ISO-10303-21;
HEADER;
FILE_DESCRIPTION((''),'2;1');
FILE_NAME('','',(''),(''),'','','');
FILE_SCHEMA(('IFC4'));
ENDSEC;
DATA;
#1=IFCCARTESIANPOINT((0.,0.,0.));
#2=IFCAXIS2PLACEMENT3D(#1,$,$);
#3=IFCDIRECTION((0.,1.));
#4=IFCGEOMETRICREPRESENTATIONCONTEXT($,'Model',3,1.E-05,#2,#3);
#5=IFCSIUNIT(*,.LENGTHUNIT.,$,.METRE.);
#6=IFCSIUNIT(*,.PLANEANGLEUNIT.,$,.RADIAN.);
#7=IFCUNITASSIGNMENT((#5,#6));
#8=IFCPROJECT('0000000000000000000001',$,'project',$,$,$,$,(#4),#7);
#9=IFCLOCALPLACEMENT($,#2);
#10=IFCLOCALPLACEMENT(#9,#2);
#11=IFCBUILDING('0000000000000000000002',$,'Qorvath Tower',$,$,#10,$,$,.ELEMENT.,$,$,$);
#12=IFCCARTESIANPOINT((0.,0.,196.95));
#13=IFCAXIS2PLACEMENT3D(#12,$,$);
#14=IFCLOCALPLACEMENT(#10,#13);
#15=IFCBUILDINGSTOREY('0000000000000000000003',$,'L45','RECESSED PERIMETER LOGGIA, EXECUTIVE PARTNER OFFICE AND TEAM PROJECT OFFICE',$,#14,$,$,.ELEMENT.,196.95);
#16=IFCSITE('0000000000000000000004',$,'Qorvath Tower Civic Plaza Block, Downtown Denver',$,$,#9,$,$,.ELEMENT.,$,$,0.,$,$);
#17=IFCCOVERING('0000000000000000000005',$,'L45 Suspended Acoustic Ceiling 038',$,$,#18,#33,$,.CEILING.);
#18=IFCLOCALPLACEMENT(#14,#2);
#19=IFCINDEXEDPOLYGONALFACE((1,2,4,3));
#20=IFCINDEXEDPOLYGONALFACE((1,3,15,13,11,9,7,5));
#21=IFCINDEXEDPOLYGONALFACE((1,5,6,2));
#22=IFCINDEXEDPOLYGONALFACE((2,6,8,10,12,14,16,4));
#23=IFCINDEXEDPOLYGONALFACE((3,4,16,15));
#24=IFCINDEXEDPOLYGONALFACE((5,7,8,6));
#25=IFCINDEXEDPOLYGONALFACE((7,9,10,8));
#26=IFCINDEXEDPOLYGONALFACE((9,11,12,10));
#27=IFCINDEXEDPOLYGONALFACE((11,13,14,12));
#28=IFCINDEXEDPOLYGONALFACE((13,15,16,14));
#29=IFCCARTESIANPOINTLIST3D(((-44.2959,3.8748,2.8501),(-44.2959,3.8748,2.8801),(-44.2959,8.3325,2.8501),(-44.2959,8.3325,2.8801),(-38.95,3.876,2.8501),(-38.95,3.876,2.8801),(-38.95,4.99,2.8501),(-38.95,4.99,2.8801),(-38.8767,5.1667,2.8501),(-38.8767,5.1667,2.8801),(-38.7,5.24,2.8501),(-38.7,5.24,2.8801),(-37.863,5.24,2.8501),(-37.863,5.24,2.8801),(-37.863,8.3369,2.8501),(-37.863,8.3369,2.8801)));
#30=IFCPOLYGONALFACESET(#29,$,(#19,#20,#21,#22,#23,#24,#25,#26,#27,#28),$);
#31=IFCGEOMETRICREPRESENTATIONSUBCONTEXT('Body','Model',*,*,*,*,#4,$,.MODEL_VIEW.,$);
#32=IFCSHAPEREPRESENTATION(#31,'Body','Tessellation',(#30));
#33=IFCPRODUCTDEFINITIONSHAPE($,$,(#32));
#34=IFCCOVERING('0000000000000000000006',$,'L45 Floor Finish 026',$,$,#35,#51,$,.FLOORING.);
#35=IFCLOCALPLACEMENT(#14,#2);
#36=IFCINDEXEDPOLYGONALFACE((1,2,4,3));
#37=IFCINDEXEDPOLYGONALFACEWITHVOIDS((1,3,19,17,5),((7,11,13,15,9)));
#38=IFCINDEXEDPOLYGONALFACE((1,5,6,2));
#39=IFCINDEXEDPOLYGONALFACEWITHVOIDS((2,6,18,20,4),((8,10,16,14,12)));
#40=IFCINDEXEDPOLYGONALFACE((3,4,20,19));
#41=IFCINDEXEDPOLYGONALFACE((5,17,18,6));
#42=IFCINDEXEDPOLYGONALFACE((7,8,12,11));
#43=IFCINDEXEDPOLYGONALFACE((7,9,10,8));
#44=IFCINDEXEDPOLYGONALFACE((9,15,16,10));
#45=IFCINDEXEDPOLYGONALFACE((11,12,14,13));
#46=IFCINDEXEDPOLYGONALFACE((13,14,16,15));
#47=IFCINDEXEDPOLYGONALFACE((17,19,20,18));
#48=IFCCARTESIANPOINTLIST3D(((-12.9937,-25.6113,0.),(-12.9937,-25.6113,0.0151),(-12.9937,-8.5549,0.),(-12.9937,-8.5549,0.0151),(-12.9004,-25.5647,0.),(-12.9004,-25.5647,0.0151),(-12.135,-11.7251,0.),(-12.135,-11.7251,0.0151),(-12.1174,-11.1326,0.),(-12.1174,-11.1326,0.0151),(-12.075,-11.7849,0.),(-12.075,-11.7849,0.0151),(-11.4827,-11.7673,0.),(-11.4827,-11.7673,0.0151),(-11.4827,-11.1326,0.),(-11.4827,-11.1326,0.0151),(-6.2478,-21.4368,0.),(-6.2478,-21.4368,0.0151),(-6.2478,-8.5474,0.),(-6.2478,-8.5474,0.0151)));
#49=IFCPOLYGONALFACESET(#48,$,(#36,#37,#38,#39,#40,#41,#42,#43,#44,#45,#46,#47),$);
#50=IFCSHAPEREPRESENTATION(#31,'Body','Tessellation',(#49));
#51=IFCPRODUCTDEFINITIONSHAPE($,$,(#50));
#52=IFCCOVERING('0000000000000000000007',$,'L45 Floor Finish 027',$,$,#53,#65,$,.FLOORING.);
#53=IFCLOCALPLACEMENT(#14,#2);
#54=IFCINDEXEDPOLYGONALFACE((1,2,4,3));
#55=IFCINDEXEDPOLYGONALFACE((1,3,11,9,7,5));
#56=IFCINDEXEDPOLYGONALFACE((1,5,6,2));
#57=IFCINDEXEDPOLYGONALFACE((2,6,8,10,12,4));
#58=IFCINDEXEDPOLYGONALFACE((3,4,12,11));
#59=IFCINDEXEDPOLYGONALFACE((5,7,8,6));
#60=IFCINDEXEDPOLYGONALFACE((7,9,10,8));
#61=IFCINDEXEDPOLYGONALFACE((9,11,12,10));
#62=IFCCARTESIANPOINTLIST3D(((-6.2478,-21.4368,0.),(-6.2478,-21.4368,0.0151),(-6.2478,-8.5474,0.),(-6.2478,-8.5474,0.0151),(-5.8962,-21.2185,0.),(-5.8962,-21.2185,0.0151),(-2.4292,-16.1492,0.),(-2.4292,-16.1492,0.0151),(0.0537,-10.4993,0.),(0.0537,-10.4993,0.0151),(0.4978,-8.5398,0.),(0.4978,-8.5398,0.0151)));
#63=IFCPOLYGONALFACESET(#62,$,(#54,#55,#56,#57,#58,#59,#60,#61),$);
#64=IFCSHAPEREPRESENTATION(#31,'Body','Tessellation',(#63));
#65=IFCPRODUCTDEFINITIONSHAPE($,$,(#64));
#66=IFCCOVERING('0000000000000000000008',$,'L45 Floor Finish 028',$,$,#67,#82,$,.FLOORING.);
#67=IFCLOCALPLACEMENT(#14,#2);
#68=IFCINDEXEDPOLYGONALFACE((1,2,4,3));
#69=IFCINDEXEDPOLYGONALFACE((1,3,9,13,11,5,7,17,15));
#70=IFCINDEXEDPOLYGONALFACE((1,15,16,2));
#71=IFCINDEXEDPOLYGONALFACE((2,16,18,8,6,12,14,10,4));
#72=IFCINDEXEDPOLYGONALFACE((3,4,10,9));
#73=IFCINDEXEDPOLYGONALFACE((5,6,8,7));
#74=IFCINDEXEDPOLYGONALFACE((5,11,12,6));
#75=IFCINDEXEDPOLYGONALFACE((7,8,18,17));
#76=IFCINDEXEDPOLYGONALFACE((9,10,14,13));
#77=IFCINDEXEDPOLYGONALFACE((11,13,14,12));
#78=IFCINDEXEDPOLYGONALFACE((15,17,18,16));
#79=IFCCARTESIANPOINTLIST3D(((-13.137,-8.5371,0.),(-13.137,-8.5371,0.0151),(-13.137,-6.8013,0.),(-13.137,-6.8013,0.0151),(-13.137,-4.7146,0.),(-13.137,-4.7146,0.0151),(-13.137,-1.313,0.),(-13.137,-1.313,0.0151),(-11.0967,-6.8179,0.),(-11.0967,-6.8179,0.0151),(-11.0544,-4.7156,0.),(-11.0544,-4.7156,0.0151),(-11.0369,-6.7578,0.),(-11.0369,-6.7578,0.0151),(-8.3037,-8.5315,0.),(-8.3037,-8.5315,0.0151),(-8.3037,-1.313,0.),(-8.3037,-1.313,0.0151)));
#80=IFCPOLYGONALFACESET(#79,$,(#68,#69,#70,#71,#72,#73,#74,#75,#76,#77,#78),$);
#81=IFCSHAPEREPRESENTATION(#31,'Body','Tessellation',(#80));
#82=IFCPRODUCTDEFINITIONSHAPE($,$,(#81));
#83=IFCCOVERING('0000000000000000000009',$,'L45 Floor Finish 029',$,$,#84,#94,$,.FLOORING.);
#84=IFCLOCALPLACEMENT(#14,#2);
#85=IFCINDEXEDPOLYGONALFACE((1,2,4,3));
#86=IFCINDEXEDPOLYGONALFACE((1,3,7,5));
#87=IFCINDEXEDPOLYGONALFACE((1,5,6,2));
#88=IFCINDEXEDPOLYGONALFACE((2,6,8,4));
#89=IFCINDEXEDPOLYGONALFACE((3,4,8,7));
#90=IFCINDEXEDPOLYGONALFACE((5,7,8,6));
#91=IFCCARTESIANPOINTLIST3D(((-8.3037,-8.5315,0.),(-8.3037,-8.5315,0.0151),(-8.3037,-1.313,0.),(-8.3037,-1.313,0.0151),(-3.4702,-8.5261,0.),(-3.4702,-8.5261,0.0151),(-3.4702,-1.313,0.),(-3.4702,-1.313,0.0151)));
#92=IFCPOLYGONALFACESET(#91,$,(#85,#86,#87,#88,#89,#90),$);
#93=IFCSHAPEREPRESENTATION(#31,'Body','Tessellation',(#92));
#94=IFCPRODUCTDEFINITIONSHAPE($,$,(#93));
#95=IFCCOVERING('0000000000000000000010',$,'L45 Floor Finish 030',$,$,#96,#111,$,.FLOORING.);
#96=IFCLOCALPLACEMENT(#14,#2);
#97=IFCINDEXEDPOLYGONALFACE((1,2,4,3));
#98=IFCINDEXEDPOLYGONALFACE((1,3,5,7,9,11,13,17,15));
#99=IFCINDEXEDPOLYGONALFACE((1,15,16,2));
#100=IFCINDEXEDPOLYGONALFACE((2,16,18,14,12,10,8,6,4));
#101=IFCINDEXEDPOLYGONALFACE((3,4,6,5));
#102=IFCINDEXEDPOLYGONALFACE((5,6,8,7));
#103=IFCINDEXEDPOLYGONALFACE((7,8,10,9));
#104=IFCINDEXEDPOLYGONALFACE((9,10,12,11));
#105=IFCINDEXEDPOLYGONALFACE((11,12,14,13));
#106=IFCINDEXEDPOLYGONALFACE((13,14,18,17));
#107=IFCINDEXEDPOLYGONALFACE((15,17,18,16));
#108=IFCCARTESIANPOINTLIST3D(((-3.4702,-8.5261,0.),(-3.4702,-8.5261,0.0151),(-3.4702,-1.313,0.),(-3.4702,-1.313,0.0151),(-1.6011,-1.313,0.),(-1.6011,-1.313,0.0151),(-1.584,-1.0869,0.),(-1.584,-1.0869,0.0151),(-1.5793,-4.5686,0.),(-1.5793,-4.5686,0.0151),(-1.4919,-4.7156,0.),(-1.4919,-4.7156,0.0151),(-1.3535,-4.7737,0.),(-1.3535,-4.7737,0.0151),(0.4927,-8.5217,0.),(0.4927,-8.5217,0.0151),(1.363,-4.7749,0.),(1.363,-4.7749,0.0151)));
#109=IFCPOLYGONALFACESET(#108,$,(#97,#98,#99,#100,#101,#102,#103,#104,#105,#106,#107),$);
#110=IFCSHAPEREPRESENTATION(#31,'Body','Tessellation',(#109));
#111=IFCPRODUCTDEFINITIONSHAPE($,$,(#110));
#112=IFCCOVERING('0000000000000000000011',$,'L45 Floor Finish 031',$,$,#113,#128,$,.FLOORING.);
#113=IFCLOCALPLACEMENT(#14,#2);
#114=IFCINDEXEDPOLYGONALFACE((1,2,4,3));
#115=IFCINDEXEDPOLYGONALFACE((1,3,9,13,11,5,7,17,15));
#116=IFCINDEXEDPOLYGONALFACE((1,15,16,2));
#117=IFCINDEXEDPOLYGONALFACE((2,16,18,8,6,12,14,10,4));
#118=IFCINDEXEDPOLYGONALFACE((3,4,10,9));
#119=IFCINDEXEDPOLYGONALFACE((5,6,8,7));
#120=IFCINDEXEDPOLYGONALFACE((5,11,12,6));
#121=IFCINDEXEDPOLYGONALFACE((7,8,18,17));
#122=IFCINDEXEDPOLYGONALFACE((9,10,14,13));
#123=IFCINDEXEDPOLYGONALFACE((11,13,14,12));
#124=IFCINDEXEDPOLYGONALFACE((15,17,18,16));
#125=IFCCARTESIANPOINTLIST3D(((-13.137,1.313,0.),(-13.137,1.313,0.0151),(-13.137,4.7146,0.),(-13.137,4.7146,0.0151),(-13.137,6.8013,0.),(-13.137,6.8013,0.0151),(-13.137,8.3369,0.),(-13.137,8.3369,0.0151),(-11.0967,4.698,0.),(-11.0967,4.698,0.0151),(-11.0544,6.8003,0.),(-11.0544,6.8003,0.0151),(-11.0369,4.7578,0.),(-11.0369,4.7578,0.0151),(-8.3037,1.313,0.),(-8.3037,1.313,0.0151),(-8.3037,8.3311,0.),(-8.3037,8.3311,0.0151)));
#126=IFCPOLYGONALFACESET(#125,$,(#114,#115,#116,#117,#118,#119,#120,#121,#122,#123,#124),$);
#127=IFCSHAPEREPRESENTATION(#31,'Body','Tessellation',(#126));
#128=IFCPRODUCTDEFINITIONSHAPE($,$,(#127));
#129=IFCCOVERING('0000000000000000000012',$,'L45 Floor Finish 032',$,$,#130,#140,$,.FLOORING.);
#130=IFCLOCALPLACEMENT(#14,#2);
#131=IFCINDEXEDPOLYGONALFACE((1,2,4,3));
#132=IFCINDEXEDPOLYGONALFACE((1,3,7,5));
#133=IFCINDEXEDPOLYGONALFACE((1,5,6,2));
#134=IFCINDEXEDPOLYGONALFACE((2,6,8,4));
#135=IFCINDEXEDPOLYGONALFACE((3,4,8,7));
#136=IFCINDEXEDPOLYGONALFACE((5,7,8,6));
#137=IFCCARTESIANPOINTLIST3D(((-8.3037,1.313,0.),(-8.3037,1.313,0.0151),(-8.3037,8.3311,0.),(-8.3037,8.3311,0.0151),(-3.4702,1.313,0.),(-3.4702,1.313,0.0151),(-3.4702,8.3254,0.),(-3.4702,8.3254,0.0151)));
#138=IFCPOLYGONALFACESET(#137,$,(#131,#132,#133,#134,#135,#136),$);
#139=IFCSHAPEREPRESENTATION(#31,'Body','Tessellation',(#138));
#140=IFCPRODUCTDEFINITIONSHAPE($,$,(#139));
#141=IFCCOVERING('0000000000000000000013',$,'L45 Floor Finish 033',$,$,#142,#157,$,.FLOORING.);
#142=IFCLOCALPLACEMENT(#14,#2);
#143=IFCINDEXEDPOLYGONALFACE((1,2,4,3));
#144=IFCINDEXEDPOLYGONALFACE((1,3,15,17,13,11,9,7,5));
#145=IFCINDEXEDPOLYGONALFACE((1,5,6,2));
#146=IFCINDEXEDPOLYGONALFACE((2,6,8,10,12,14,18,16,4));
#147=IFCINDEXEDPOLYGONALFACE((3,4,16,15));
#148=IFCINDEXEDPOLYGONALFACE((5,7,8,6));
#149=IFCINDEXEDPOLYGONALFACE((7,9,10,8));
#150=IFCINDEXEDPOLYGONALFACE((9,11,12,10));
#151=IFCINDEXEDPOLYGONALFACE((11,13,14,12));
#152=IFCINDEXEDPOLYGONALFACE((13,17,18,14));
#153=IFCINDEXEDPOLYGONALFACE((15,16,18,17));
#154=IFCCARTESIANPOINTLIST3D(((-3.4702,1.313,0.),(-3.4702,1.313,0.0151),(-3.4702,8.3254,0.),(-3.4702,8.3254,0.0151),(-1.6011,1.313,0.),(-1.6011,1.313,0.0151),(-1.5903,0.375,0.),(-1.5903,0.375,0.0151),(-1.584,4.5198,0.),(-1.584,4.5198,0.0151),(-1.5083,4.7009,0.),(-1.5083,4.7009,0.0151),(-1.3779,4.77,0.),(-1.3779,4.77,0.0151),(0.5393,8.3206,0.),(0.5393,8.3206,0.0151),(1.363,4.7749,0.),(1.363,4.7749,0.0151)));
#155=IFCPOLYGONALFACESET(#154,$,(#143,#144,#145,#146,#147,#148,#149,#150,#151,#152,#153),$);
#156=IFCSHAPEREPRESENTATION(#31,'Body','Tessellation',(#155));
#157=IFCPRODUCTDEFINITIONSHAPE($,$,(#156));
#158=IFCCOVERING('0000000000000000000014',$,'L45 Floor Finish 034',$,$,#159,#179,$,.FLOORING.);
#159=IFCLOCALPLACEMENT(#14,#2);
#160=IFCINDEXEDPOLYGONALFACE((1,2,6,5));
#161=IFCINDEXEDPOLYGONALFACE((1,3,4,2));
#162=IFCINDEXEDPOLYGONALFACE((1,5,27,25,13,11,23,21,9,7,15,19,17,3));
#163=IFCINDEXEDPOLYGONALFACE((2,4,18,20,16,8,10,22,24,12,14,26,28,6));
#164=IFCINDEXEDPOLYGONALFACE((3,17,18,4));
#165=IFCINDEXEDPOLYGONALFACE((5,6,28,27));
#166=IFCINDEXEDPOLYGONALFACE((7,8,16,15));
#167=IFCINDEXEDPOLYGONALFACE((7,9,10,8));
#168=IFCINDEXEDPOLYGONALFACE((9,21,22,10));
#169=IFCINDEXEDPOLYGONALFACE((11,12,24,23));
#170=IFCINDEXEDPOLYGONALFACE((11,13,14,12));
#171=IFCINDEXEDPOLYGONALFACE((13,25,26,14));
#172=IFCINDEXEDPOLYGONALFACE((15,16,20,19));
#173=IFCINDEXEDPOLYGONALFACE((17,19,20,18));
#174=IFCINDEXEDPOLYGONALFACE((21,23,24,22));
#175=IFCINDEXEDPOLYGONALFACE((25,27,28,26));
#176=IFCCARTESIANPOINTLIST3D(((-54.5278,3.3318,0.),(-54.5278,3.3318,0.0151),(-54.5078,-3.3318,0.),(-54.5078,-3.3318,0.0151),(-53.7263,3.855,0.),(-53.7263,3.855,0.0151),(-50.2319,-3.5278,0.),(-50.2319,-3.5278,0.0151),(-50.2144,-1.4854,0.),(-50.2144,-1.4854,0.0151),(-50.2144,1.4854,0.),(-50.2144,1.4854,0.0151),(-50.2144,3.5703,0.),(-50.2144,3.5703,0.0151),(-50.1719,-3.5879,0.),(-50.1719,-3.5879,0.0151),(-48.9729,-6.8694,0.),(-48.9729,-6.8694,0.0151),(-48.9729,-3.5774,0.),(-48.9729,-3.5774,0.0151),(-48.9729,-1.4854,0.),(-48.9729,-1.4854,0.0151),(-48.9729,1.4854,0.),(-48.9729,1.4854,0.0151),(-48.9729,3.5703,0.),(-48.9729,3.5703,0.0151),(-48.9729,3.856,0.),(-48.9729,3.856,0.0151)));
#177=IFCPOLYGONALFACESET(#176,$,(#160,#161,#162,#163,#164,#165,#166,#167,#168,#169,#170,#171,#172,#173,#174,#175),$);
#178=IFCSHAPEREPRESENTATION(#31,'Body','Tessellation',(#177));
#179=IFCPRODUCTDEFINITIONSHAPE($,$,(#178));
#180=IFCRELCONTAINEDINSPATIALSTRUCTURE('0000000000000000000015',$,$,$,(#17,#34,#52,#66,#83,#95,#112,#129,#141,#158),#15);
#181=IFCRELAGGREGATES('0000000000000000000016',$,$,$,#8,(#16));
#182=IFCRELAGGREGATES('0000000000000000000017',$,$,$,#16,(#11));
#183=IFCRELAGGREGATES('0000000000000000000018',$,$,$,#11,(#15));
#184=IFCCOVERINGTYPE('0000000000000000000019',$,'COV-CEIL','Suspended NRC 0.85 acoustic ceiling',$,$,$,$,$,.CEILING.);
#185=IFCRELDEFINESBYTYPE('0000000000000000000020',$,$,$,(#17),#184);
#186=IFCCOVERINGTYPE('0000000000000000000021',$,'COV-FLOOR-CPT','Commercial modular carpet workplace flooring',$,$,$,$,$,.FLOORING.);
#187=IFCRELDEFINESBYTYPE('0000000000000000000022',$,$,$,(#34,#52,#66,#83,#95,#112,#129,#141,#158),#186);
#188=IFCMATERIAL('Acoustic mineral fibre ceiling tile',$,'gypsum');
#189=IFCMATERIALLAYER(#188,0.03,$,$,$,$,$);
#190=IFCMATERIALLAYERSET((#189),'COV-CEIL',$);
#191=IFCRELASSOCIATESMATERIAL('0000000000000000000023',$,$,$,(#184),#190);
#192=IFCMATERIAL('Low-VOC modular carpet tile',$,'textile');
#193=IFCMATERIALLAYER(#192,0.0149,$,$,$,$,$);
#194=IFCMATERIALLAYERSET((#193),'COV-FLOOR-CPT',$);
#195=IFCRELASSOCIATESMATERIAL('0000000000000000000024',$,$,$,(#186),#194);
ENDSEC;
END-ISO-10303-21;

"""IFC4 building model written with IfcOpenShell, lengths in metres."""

from ifc_helpers import new_model, si_unit, direction, frame, origin, place, context, subcontext, project, spatial, polyline, outline, extrude, material, layer, layer_set, type_object, element, save


model = new_model("IFC4")

# Units and contexts
model_context = context("Model", 3, precision=1e-05, world=origin(), true_north=direction((0.0, 1.0)))
body_context = subcontext(model_context, "Body", "Model", "MODEL_VIEW")
ifc_project = project(units=[si_unit("LENGTHUNIT", "METRE"), si_unit("PLANEANGLEUNIT", "RADIAN")], contexts=[model_context])

# Site, building, storey
site_placement = place(None, origin())
site = spatial("IfcSite", under=ifc_project, at=site_placement, Name="Qorvath Tower Civic Plaza Block, Downtown Denver", CompositionType="ELEMENT", RefElevation=0.0)
building_placement = place(site_placement, origin())
building = spatial("IfcBuilding", under=site, at=building_placement, Name="Qorvath Tower", CompositionType="ELEMENT")
storey_placement = place(building_placement, frame((0.0, 0.0, 196.95)))
storey = spatial("IfcBuildingStorey", under=building, at=storey_placement, Name="L45", Description="RECESSED PERIMETER LOGGIA, EXECUTIVE PARTNER OFFICE AND TEAM PROJECT OFFICE", CompositionType="ELEMENT", Elevation=196.95)

# Coverings
ifc_material_1 = material(Name="Acoustic mineral fibre ceiling tile", Category="gypsum")
ifc_layer_1 = layer(ifc_material_1, 0.03)
ifc_layer_set_1 = layer_set([ifc_layer_1], Name="COV-CEIL")
covering_type_1 = type_object("IfcCoveringType", Name="COV-CEIL", Description="Suspended NRC 0.85 acoustic ceiling", PredefinedType="CEILING", material=ifc_layer_set_1)
covering_1_placement = place(storey_placement, frame((0.0, 0.0, 2.8501)))
element("IfcCovering", 1, at=covering_1_placement, inside=storey, type_object=covering_type_1, Name="L45 Suspended Acoustic Ceiling 038", PredefinedType="CEILING", context=body_context, shape_type="SweptSolid", body=[
    extrude(outline(polyline([(-37.863, 5.24), (-37.863, 8.3369), (-44.2959, 8.3325), (-44.2959, 3.8748), (-38.95, 3.876), (-38.95, 4.99), (-38.8767, 5.1667), (-38.7, 5.24), (-37.863, 5.24)])), origin(), (0.0, 0.0, 1.0), 0.03),
])
ifc_material_2 = material(Name="Low-VOC modular carpet tile", Category="textile")
ifc_layer_2 = layer(ifc_material_2, 0.0149)
ifc_layer_set_2 = layer_set([ifc_layer_2], Name="COV-FLOOR-CPT")
covering_type_2 = type_object("IfcCoveringType", Name="COV-FLOOR-CPT", Description="Commercial modular carpet workplace flooring", PredefinedType="FLOORING", material=ifc_layer_set_2)
covering_2_placement = place(storey_placement, origin())
element("IfcCovering", 2, at=covering_2_placement, inside=storey, type_object=covering_type_2, Name="L45 Floor Finish 026", PredefinedType="FLOORING", context=body_context, shape_type="SweptSolid", body=[
    extrude(outline(polyline([(-12.9937, -8.5549), (-12.9937, -25.6113), (-12.9004, -25.5647), (-6.2478, -21.4368), (-6.2478, -8.5474), (-12.9937, -8.5549)]), holes=[polyline([(-12.135, -11.7251), (-12.1174, -11.1326), (-11.4827, -11.1326), (-11.4827, -11.7673), (-12.075, -11.7849), (-12.135, -11.7251)])]), origin(), (0.0, 0.0, 1.0), 0.0151),
])
covering_3_placement = place(storey_placement, origin())
element("IfcCovering", 3, at=covering_3_placement, inside=storey, type_object=covering_type_2, Name="L45 Floor Finish 027", PredefinedType="FLOORING", context=body_context, shape_type="SweptSolid", body=[
    extrude(outline(polyline([(-6.2478, -8.5474), (-6.2478, -21.4368), (-5.8962, -21.2185), (-2.4292, -16.1492), (0.0537, -10.4993), (0.4978, -8.5398), (-6.2478, -8.5474)])), origin(), (0.0, 0.0, 1.0), 0.0151),
])
covering_4_placement = place(storey_placement, origin())
element("IfcCovering", 4, at=covering_4_placement, inside=storey, type_object=covering_type_2, Name="L45 Floor Finish 028", PredefinedType="FLOORING", context=body_context, shape_type="SweptSolid", body=[
    extrude(outline(polyline([(-8.3037, -8.5315), (-8.3037, -1.313), (-13.137, -1.313), (-13.137, -4.7146), (-11.0544, -4.7156), (-11.0369, -6.7578), (-11.0967, -6.8179), (-13.137, -6.8013), (-13.137, -8.5371), (-8.3037, -8.5315)])), origin(), (0.0, 0.0, 1.0), 0.0151),
])
covering_5_placement = place(storey_placement, origin())
element("IfcCovering", 5, at=covering_5_placement, inside=storey, type_object=covering_type_2, Name="L45 Floor Finish 029", PredefinedType="FLOORING", context=body_context, shape_type="SweptSolid", body=[
    extrude(outline(polyline([(-3.4702, -8.5261), (-3.4702, -1.313), (-8.3037, -1.313), (-8.3037, -8.5315), (-3.4702, -8.5261)])), origin(), (0.0, 0.0, 1.0), 0.0151),
])
covering_6_placement = place(storey_placement, origin())
element("IfcCovering", 6, at=covering_6_placement, inside=storey, type_object=covering_type_2, Name="L45 Floor Finish 030", PredefinedType="FLOORING", context=body_context, shape_type="SweptSolid", body=[
    extrude(outline(polyline([(-1.4919, -4.7156), (-1.5793, -4.5686), (-1.584, -1.0869), (-1.6011, -1.313), (-3.4702, -1.313), (-3.4702, -8.5261), (0.4927, -8.5217), (1.363, -4.7749), (-1.3535, -4.7737), (-1.4919, -4.7156)])), origin(), (0.0, 0.0, 1.0), 0.0151),
])
covering_7_placement = place(storey_placement, origin())
element("IfcCovering", 7, at=covering_7_placement, inside=storey, type_object=covering_type_2, Name="L45 Floor Finish 031", PredefinedType="FLOORING", context=body_context, shape_type="SweptSolid", body=[
    extrude(outline(polyline([(-8.3037, 1.313), (-8.3037, 8.3311), (-13.137, 8.3369), (-13.137, 6.8013), (-11.0544, 6.8003), (-11.0369, 4.7578), (-11.0967, 4.698), (-13.137, 4.7146), (-13.137, 1.313), (-8.3037, 1.313)])), origin(), (0.0, 0.0, 1.0), 0.0151),
])
covering_8_placement = place(storey_placement, origin())
element("IfcCovering", 8, at=covering_8_placement, inside=storey, type_object=covering_type_2, Name="L45 Floor Finish 032", PredefinedType="FLOORING", context=body_context, shape_type="SweptSolid", body=[
    extrude(outline(polyline([(-3.4702, 1.313), (-3.4702, 8.3254), (-8.3037, 8.3311), (-8.3037, 1.313), (-3.4702, 1.313)])), origin(), (0.0, 0.0, 1.0), 0.0151),
])
covering_9_placement = place(storey_placement, origin())
element("IfcCovering", 9, at=covering_9_placement, inside=storey, type_object=covering_type_2, Name="L45 Floor Finish 033", PredefinedType="FLOORING", context=body_context, shape_type="SweptSolid", body=[
    extrude(outline(polyline([(-1.5083, 4.7009), (-1.3779, 4.77), (1.363, 4.7749), (0.5393, 8.3206), (-3.4702, 8.3254), (-3.4702, 1.313), (-1.6011, 1.313), (-1.5903, 0.375), (-1.584, 4.5198), (-1.5083, 4.7009)])), origin(), (0.0, 0.0, 1.0), 0.0151),
])
covering_10_placement = place(storey_placement, origin())
element("IfcCovering", 10, at=covering_10_placement, inside=storey, type_object=covering_type_2, Name="L45 Floor Finish 034", PredefinedType="FLOORING", context=body_context, shape_type="SweptSolid", body=[
    extrude(outline(polyline([(-53.7263, 3.855), (-54.5278, 3.3318), (-54.5078, -3.3318), (-48.9729, -6.8694), (-48.9729, -3.5774), (-50.1719, -3.5879), (-50.2319, -3.5278), (-50.2144, -1.4854), (-48.9729, -1.4854), (-48.9729, 1.4854), (-50.2144, 1.4854), (-50.2144, 3.5703), (-48.9729, 3.5703), (-48.9729, 3.856), (-53.7263, 3.855)])), origin(), (0.0, 0.0, 1.0), 0.0151),
])

save(model, "model.ifc")
